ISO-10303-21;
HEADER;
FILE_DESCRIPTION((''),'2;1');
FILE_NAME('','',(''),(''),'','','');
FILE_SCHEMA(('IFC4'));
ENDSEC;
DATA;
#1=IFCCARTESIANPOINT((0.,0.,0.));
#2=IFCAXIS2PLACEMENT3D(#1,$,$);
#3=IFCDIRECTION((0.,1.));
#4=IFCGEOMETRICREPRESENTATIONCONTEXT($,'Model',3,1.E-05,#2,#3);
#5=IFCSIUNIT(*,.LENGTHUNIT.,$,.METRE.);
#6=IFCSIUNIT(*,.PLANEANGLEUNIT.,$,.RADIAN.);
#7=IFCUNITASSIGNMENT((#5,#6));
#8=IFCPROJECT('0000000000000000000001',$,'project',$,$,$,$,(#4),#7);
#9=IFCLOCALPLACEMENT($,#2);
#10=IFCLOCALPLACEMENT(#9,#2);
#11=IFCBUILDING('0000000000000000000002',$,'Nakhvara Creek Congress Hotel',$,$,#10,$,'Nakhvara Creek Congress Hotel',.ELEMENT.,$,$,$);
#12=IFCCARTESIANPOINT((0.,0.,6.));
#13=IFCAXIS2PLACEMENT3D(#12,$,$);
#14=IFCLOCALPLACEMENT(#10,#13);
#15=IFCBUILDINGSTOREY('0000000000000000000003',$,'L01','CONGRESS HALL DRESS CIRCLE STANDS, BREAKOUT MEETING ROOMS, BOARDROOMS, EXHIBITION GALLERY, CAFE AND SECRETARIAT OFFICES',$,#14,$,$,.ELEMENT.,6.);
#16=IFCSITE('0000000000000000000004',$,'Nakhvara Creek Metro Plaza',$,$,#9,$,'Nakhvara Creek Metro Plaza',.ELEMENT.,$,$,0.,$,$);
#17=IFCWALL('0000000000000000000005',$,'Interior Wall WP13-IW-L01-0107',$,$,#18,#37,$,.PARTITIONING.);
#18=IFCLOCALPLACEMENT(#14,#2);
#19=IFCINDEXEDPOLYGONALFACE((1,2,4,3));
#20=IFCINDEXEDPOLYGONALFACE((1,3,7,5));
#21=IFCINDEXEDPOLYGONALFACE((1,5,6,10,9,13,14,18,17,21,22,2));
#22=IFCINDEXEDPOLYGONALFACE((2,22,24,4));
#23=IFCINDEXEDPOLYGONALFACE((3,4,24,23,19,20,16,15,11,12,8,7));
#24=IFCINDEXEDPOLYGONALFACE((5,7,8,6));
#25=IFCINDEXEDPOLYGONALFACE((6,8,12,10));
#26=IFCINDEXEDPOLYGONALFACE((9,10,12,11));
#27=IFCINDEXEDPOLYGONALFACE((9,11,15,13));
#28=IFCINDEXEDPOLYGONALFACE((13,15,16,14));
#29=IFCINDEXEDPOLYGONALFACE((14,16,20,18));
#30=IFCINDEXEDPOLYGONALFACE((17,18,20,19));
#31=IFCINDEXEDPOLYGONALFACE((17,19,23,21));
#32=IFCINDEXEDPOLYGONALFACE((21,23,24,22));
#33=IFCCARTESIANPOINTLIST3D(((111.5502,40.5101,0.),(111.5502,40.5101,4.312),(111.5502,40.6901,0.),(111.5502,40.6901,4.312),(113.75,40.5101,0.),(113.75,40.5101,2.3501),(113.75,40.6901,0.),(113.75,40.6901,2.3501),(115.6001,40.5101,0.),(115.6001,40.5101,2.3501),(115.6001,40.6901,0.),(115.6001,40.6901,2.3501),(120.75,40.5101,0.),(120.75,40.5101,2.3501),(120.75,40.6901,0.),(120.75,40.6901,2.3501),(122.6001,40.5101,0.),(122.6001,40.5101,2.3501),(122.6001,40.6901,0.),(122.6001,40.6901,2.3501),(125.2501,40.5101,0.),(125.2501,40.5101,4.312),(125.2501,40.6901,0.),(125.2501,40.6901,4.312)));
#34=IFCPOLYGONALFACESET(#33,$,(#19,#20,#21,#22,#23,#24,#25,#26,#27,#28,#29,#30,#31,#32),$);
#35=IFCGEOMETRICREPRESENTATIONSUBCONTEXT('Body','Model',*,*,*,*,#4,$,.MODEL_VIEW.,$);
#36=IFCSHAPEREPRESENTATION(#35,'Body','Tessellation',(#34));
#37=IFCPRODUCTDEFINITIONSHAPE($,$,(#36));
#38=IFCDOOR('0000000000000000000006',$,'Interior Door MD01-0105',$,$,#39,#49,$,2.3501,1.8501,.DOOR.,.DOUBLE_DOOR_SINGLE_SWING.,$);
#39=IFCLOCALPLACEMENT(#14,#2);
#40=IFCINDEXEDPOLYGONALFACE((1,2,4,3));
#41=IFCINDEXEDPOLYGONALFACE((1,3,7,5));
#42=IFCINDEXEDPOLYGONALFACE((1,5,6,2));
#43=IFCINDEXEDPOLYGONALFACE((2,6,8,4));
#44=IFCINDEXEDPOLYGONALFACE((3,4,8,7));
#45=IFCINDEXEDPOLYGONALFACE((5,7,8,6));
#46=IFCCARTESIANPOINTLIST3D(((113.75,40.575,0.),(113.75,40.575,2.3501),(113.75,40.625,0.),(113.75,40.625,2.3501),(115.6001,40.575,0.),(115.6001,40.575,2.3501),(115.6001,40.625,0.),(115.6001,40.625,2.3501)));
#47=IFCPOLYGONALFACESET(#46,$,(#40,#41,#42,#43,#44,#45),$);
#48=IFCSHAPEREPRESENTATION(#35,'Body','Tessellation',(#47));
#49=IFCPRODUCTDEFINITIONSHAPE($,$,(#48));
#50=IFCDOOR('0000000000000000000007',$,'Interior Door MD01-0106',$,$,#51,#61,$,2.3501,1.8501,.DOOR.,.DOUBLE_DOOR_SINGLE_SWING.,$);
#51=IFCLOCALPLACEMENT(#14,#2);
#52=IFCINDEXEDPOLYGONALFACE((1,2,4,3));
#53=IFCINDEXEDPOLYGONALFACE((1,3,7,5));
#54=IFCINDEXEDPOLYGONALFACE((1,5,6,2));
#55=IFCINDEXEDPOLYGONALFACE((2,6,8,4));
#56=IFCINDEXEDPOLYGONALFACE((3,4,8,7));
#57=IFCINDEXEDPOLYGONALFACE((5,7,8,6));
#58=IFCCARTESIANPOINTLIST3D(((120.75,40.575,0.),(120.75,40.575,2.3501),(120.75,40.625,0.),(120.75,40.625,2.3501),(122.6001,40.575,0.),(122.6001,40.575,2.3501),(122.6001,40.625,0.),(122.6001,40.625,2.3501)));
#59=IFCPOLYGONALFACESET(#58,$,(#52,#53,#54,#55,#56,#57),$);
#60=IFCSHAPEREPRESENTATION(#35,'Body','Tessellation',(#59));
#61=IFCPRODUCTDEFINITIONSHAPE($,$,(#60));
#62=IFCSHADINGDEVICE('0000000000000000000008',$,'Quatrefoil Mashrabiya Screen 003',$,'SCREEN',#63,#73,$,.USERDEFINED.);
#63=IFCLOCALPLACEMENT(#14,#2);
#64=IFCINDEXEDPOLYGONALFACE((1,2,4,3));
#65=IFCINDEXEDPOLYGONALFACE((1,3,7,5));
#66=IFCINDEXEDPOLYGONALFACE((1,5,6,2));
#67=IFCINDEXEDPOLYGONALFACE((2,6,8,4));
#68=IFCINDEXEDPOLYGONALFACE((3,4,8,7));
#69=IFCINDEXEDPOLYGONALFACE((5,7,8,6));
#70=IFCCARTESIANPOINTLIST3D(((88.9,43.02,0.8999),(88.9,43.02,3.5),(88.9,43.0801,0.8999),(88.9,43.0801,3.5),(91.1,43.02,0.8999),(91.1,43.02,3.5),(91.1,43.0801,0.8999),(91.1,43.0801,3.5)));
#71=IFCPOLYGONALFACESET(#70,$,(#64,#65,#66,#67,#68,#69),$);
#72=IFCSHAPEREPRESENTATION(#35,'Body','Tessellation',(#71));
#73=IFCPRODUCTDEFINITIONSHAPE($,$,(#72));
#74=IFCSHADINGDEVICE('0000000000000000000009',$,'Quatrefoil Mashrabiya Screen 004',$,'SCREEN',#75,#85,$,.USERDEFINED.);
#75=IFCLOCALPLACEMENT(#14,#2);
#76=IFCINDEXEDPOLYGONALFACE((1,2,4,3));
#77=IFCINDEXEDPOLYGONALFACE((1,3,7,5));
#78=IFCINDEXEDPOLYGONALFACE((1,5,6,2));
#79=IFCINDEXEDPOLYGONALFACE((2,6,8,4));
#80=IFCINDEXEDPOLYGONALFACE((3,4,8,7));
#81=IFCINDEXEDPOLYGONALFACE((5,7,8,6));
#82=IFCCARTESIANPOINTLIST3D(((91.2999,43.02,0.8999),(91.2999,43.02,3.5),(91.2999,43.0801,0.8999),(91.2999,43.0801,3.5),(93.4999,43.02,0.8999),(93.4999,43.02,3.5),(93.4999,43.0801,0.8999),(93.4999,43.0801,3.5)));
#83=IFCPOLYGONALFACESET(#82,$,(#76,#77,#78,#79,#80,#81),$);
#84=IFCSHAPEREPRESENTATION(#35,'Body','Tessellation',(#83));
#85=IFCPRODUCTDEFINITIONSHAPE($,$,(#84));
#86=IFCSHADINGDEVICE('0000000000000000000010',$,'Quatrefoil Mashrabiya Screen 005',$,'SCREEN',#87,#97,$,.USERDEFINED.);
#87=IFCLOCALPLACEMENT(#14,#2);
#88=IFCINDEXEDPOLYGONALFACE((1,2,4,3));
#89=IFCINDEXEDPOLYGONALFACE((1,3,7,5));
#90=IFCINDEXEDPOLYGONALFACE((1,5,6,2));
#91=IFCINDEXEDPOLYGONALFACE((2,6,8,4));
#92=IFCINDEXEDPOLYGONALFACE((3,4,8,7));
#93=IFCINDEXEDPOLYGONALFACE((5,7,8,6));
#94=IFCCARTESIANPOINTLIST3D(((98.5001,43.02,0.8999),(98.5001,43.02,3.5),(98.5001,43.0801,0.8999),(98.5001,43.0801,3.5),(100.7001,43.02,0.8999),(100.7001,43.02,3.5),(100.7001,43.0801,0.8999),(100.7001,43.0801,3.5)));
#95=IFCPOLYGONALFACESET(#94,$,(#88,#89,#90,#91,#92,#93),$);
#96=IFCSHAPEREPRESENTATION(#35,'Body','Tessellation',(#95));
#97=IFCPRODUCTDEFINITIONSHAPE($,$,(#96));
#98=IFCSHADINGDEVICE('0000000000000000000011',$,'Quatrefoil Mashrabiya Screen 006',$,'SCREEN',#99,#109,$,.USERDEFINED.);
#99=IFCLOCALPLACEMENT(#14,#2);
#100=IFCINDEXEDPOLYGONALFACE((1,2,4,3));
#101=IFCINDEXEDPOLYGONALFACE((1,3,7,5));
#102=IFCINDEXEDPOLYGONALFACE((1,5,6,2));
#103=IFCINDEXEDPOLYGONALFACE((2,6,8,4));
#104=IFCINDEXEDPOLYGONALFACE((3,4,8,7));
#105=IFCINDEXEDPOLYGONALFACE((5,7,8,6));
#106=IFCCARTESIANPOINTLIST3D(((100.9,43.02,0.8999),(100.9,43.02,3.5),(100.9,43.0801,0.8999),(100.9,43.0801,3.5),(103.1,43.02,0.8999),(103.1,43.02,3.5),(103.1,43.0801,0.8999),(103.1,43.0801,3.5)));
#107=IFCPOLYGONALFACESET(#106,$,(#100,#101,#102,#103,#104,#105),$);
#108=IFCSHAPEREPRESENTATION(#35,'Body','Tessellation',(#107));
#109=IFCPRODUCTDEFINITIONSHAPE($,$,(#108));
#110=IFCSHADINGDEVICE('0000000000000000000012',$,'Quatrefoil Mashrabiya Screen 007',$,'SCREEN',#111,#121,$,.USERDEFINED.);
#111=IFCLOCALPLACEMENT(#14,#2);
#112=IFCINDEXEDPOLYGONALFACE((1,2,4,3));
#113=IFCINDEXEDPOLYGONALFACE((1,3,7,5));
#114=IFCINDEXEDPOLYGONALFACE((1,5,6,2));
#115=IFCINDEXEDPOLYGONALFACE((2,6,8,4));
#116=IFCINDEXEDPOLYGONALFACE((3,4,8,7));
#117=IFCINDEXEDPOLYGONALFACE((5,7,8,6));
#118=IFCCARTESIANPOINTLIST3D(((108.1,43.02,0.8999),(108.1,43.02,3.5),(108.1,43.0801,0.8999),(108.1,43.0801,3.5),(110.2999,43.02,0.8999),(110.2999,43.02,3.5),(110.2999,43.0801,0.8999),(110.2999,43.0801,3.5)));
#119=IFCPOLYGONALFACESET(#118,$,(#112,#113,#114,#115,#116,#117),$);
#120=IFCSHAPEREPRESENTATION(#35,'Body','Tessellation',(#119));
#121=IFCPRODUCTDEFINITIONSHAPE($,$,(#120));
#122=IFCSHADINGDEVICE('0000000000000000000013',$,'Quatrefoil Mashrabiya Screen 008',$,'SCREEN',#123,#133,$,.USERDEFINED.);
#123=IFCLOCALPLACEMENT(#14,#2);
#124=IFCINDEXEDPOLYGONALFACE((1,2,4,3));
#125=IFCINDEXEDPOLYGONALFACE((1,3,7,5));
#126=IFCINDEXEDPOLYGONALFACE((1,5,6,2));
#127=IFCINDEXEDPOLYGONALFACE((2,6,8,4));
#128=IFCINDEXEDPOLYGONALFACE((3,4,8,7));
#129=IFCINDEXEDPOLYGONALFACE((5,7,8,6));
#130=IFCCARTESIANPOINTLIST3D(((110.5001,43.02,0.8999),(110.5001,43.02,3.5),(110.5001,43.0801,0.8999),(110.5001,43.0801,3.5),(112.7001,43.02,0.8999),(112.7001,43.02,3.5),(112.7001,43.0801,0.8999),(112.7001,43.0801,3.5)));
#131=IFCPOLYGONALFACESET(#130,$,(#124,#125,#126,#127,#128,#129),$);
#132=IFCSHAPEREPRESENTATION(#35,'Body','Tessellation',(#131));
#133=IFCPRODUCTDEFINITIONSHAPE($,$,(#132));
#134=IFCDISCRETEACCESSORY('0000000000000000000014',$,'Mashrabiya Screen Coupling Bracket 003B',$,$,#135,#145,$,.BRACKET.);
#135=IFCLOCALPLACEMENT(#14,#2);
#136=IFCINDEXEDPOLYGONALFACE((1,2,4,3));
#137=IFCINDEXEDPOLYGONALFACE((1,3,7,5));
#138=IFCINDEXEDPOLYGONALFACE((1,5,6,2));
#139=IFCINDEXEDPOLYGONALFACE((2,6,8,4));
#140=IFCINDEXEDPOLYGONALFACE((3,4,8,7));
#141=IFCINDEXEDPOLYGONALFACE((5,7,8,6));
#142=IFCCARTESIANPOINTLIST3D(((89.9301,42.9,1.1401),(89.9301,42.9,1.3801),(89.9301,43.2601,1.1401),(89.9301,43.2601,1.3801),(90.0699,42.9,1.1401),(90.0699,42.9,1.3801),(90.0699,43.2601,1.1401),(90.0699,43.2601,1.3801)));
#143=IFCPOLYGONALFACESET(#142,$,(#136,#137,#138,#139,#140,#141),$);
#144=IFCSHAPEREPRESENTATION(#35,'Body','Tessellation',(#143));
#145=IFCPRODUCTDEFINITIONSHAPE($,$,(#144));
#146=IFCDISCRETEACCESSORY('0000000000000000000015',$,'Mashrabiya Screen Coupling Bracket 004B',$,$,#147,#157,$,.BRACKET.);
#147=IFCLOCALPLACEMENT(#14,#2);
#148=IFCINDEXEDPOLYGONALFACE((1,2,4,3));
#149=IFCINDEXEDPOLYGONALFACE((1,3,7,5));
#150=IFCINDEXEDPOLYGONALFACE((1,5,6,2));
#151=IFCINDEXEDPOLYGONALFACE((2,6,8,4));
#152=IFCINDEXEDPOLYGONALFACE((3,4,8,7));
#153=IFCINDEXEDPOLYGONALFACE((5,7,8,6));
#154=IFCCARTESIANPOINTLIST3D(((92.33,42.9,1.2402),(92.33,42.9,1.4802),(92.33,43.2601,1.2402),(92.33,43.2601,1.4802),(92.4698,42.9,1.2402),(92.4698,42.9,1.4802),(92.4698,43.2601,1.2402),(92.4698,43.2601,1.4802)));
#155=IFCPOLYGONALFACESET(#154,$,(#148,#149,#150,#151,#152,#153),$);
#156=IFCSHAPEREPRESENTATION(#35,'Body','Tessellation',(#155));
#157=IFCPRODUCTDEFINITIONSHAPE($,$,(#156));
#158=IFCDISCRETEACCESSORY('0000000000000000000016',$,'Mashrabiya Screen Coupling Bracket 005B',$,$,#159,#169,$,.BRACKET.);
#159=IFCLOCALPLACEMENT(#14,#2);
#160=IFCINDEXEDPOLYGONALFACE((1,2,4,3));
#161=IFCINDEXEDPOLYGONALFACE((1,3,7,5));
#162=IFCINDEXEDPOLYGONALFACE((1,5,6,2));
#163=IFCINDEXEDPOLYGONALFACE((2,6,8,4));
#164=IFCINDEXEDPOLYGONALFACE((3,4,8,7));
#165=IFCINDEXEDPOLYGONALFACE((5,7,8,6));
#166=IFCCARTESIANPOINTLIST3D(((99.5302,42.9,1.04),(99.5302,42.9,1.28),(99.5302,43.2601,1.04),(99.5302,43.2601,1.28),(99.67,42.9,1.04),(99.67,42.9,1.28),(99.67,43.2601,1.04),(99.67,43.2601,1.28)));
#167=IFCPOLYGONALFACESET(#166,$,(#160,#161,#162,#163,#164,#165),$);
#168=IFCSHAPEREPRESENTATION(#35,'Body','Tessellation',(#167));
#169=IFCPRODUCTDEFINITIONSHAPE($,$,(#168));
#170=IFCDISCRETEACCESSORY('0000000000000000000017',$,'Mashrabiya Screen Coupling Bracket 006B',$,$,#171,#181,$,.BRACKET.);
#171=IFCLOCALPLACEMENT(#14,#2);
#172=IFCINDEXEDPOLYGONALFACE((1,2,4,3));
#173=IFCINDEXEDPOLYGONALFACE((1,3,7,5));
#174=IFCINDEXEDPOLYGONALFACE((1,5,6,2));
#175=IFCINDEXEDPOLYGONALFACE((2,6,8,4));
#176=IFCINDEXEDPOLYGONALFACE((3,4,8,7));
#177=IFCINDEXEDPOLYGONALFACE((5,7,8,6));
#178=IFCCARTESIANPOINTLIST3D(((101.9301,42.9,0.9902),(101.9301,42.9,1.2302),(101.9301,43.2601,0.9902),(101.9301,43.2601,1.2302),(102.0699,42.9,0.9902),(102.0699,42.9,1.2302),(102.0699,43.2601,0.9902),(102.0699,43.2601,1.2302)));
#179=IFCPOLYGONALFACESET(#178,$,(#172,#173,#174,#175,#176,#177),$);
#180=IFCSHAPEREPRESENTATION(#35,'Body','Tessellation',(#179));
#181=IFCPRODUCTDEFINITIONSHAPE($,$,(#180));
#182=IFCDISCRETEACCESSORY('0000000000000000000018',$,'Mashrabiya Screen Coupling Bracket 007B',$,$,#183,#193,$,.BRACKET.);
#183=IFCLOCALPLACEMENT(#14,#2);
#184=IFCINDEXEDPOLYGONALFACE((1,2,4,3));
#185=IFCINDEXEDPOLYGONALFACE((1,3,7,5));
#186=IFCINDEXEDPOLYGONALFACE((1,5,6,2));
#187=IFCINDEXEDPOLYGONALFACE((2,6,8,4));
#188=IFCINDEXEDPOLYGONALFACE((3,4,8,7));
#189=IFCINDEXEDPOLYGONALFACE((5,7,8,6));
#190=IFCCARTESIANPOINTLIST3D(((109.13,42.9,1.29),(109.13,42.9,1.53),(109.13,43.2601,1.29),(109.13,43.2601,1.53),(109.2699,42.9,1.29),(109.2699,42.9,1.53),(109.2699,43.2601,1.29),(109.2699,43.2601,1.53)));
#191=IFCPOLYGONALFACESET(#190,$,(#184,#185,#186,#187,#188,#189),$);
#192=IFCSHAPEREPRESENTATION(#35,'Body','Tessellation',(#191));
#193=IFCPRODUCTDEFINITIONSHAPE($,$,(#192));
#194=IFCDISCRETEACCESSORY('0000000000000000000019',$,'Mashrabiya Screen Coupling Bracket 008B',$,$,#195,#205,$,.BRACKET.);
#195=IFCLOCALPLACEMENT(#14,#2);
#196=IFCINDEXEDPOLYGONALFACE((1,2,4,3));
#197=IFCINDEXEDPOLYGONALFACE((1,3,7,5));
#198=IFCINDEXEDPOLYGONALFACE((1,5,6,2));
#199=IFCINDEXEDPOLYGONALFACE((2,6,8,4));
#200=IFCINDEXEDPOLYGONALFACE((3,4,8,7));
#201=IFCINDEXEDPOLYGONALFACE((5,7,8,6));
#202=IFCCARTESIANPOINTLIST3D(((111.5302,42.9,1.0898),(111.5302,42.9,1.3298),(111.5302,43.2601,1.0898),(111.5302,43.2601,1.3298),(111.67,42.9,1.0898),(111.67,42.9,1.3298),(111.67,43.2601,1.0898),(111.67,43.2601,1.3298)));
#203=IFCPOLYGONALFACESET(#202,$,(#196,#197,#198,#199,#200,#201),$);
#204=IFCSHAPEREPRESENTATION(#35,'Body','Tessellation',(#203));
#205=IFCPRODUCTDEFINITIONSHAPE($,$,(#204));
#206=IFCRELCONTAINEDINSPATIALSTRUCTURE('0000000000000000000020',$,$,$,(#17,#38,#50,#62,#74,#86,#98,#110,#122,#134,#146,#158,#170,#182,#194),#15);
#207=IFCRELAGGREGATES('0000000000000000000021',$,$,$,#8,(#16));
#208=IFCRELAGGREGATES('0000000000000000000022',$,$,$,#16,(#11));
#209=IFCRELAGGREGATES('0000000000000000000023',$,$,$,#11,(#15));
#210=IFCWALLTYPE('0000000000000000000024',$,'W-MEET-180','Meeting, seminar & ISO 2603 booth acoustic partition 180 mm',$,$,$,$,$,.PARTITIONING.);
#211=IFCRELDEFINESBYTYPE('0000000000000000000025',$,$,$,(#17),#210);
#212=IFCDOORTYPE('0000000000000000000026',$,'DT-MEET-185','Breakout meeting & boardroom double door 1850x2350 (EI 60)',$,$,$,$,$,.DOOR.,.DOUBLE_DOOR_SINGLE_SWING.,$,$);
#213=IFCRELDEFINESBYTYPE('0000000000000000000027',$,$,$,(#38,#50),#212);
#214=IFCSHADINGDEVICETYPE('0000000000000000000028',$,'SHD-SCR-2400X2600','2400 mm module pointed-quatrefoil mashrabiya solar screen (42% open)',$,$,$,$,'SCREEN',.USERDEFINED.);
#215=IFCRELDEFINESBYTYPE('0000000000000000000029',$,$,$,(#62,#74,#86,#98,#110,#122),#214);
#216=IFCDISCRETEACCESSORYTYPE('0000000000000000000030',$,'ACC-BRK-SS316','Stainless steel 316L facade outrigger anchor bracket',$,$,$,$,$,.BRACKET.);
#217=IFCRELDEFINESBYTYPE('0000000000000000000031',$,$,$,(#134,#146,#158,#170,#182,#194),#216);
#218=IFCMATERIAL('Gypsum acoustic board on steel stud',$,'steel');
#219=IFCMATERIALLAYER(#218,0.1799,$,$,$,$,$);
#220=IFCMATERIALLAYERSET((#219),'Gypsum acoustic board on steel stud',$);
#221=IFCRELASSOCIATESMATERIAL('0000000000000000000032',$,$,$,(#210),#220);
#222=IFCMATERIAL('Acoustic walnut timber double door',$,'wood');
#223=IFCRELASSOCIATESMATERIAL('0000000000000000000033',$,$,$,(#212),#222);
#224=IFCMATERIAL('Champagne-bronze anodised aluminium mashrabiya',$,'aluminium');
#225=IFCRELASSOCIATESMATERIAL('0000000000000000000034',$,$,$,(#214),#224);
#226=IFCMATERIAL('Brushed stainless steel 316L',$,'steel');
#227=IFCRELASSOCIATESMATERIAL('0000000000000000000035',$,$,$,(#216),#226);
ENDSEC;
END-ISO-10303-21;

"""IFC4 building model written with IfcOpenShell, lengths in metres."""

from ifc_helpers import new_model, si_unit, direction, frame, frame_2d, origin, origin_2d, place, context, subcontext, project, spatial, rectangle, extrude, material, layer, layer_set, type_object, element, fill, save


model = new_model("IFC4")

# Units and contexts
model_context = context("Model", 3, precision=1e-05, world=origin(), true_north=direction((0.0, 1.0)))
body_context = subcontext(model_context, "Body", "Model", "MODEL_VIEW")
ifc_project = project(units=[si_unit("LENGTHUNIT", "METRE"), si_unit("PLANEANGLEUNIT", "RADIAN")], contexts=[model_context])

# Site, building, storey
site_placement = place(None, origin())
site = spatial("IfcSite", under=ifc_project, at=site_placement, Name="Nakhvara Creek Metro Plaza", LongName="Nakhvara Creek Metro Plaza", CompositionType="ELEMENT", RefElevation=0.0)
building_placement = place(site_placement, origin())
building = spatial("IfcBuilding", under=site, at=building_placement, Name="Nakhvara Creek Congress Hotel", LongName="Nakhvara Creek Congress Hotel", CompositionType="ELEMENT")
storey_placement = place(building_placement, frame((0.0, 0.0, 6.0)))
storey = spatial("IfcBuildingStorey", under=building, at=storey_placement, Name="L01", Description="CONGRESS HALL DRESS CIRCLE STANDS, BREAKOUT MEETING ROOMS, BOARDROOMS, EXHIBITION GALLERY, CAFE AND SECRETARIAT OFFICES", CompositionType="ELEMENT", Elevation=6.0)

# Wall, openings, doors
ifc_material_1 = material(Name="Gypsum acoustic board on steel stud", Category="steel")
ifc_layer = layer(ifc_material_1, 0.1799)
ifc_layer_set = layer_set([ifc_layer], Name="Gypsum acoustic board on steel stud")
wall_type = type_object("IfcWallType", Name="W-MEET-180", Description="Meeting, seminar & ISO 2603 booth acoustic partition 180 mm", PredefinedType="PARTITIONING", material=ifc_layer_set)
ifc_material_2 = material(Name="Acoustic walnut timber double door", Category="wood")
door_type = type_object("IfcDoorType", Name="DT-MEET-185", Description="Breakout meeting & boardroom double door 1850x2350 (EI 60)", OperationType="DOUBLE_DOOR_SINGLE_SWING", PredefinedType="DOOR", material=ifc_material_2)
wall_1_placement = place(storey_placement, frame((111.55, 40.6001, 0.0), z_axis=(0.0, 0.0, 1.0), x_axis=(1.0, 0.0, 0.0)))
wall_1 = element("IfcWall", 1, at=wall_1_placement, inside=storey, type_object=wall_type, Name="Interior Wall WP13-IW-L01-0107", PredefinedType="PARTITIONING", context=body_context, shape_type="SweptSolid", body=[
    extrude(rectangle(XDim=13.7, YDim=0.1799, at=frame_2d((6.8501, 0.0))), origin(), (0.0, 0.0, 1.0), 4.312),
])
opening_1_placement = place(wall_1_placement, frame((2.2, 0.0, 0.0)))
opening_1 = element("IfcOpeningElement", 2, at=opening_1_placement, cuts=wall_1, PredefinedType="OPENING", context=body_context, shape_type="SweptSolid", body=[
    extrude(rectangle(XDim=1.8501, YDim=2.3501, at=frame_2d((0.925, 1.175))), frame((0.0, 0.1021, 0.0), z_axis=(0.0, -1.0, 0.0), x_axis=(1.0, 0.0, 0.0)), (0.0, 0.0, 1.0), 0.2039),
])
opening_2_placement = place(wall_1_placement, frame((9.2, 0.0, 0.0)))
opening_2 = element("IfcOpeningElement", 3, at=opening_2_placement, cuts=wall_1, PredefinedType="OPENING", context=body_context, shape_type="SweptSolid", body=[
    extrude(rectangle(XDim=1.8501, YDim=2.3501, at=frame_2d((0.925, 1.175))), frame((0.0, 0.1021, 0.0), z_axis=(0.0, -1.0, 0.0), x_axis=(1.0, 0.0, 0.0)), (0.0, 0.0, 1.0), 0.2039),
])
door_1_placement = place(opening_1_placement, origin())
door_1 = element("IfcDoor", 4, at=door_1_placement, inside=storey, type_object=door_type, Name="Interior Door MD01-0105", OperationType="DOUBLE_DOOR_SINGLE_SWING", OverallHeight=2.3501, OverallWidth=1.8501, PredefinedType="DOOR", context=body_context, shape_type="SweptSolid", body=[
    extrude(rectangle(XDim=1.8501, YDim=2.3501, at=frame_2d((0.925, 1.175))), frame((0.0, 0.0249, 0.0), z_axis=(0.0, -1.0, 0.0), x_axis=(1.0, 0.0, 0.0)), (0.0, 0.0, 1.0), 0.05),
])
fill(opening_1, door_1)
door_2_placement = place(opening_2_placement, origin())
door_2 = element("IfcDoor", 5, at=door_2_placement, inside=storey, type_object=door_type, Name="Interior Door MD01-0106", OperationType="DOUBLE_DOOR_SINGLE_SWING", OverallHeight=2.3501, OverallWidth=1.8501, PredefinedType="DOOR", context=body_context, shape_type="SweptSolid", body=[
    extrude(rectangle(XDim=1.8501, YDim=2.3501, at=frame_2d((0.925, 1.175))), frame((0.0, 0.0249, 0.0), z_axis=(0.0, -1.0, 0.0), x_axis=(1.0, 0.0, 0.0)), (0.0, 0.0, 1.0), 0.05),
])
fill(opening_2, door_2)

# Shading devices
ifc_material_3 = material(Name="Champagne-bronze anodised aluminium mashrabiya", Category="aluminium")
shading_device_type = type_object("IfcShadingDeviceType", Name="SHD-SCR-2400X2600", Description="2400 mm module pointed-quatrefoil mashrabiya solar screen (42% open)", ElementType="SCREEN", PredefinedType="USERDEFINED", material=ifc_material_3)
for number, where, z_axis, x_axis, name in (
    (6, (90.0, 43.05, 0.8999), (0.0, 0.0, 1.0), (1.0, 0.0, 0.0), "Quatrefoil Mashrabiya Screen 003"),
    (7, (92.3999, 43.05, 0.8999), (0.0, 0.0, 1.0), (1.0, 0.0, 0.0), "Quatrefoil Mashrabiya Screen 004"),
    (8, (99.6001, 43.05, 0.8999), (0.0, 0.0, 1.0), (1.0, 0.0, 0.0), "Quatrefoil Mashrabiya Screen 005"),
    (9, (102.0, 43.05, 0.8999), (0.0, 0.0, 1.0), (1.0, 0.0, 0.0), "Quatrefoil Mashrabiya Screen 006"),
    (10, (109.2, 43.05, 0.8999), (0.0, 0.0, 1.0), (1.0, 0.0, 0.0), "Quatrefoil Mashrabiya Screen 007"),
    (11, (111.6001, 43.05, 0.8999), (0.0, 0.0, 1.0), (1.0, 0.0, 0.0), "Quatrefoil Mashrabiya Screen 008"),
):
    element("IfcShadingDevice", number, at=place(storey_placement, frame(where, z_axis=z_axis, x_axis=x_axis)), inside=storey, type_object=shading_device_type, Name=name, ObjectType="SCREEN", PredefinedType="USERDEFINED", context=body_context, shape_type="SweptSolid", body=[
        extrude(rectangle(XDim=2.2, YDim=0.0601, at=origin_2d()), origin(), (0.0, 0.0, 1.0), 2.6001),
    ])

# Discrete accessories
ifc_material_4 = material(Name="Brushed stainless steel 316L", Category="steel")
discrete_accessory_type = type_object("IfcDiscreteAccessoryType", Name="ACC-BRK-SS316", Description="Stainless steel 316L facade outrigger anchor bracket", PredefinedType="BRACKET", material=ifc_material_4)
for number, where, z_axis, x_axis, name in (
    (12, (90.0, 43.0801, 1.1401), (0.0, 0.0, 1.0), (1.0, 0.0, 0.0), "Mashrabiya Screen Coupling Bracket 003B"),
    (13, (92.3999, 43.0801, 1.2402), (0.0, 0.0, 1.0), (1.0, 0.0, 0.0), "Mashrabiya Screen Coupling Bracket 004B"),
    (14, (99.6001, 43.0801, 1.04), (0.0, 0.0, 1.0), (1.0, 0.0, 0.0), "Mashrabiya Screen Coupling Bracket 005B"),
    (15, (102.0, 43.0801, 0.9902), (0.0, 0.0, 1.0), (1.0, 0.0, 0.0), "Mashrabiya Screen Coupling Bracket 006B"),
    (16, (109.2, 43.0801, 1.29), (0.0, 0.0, 1.0), (1.0, 0.0, 0.0), "Mashrabiya Screen Coupling Bracket 007B"),
    (17, (111.6001, 43.0801, 1.0898), (0.0, 0.0, 1.0), (1.0, 0.0, 0.0), "Mashrabiya Screen Coupling Bracket 008B"),
):
    element("IfcDiscreteAccessory", number, at=place(storey_placement, frame(where, z_axis=z_axis, x_axis=x_axis)), inside=storey, type_object=discrete_accessory_type, Name=name, PredefinedType="BRACKET", context=body_context, shape_type="SweptSolid", body=[
        extrude(rectangle(XDim=0.1399, YDim=0.3601, at=origin_2d()), origin(), (0.0, 0.0, 1.0), 0.24),
    ])

save(model, "model.ifc")
